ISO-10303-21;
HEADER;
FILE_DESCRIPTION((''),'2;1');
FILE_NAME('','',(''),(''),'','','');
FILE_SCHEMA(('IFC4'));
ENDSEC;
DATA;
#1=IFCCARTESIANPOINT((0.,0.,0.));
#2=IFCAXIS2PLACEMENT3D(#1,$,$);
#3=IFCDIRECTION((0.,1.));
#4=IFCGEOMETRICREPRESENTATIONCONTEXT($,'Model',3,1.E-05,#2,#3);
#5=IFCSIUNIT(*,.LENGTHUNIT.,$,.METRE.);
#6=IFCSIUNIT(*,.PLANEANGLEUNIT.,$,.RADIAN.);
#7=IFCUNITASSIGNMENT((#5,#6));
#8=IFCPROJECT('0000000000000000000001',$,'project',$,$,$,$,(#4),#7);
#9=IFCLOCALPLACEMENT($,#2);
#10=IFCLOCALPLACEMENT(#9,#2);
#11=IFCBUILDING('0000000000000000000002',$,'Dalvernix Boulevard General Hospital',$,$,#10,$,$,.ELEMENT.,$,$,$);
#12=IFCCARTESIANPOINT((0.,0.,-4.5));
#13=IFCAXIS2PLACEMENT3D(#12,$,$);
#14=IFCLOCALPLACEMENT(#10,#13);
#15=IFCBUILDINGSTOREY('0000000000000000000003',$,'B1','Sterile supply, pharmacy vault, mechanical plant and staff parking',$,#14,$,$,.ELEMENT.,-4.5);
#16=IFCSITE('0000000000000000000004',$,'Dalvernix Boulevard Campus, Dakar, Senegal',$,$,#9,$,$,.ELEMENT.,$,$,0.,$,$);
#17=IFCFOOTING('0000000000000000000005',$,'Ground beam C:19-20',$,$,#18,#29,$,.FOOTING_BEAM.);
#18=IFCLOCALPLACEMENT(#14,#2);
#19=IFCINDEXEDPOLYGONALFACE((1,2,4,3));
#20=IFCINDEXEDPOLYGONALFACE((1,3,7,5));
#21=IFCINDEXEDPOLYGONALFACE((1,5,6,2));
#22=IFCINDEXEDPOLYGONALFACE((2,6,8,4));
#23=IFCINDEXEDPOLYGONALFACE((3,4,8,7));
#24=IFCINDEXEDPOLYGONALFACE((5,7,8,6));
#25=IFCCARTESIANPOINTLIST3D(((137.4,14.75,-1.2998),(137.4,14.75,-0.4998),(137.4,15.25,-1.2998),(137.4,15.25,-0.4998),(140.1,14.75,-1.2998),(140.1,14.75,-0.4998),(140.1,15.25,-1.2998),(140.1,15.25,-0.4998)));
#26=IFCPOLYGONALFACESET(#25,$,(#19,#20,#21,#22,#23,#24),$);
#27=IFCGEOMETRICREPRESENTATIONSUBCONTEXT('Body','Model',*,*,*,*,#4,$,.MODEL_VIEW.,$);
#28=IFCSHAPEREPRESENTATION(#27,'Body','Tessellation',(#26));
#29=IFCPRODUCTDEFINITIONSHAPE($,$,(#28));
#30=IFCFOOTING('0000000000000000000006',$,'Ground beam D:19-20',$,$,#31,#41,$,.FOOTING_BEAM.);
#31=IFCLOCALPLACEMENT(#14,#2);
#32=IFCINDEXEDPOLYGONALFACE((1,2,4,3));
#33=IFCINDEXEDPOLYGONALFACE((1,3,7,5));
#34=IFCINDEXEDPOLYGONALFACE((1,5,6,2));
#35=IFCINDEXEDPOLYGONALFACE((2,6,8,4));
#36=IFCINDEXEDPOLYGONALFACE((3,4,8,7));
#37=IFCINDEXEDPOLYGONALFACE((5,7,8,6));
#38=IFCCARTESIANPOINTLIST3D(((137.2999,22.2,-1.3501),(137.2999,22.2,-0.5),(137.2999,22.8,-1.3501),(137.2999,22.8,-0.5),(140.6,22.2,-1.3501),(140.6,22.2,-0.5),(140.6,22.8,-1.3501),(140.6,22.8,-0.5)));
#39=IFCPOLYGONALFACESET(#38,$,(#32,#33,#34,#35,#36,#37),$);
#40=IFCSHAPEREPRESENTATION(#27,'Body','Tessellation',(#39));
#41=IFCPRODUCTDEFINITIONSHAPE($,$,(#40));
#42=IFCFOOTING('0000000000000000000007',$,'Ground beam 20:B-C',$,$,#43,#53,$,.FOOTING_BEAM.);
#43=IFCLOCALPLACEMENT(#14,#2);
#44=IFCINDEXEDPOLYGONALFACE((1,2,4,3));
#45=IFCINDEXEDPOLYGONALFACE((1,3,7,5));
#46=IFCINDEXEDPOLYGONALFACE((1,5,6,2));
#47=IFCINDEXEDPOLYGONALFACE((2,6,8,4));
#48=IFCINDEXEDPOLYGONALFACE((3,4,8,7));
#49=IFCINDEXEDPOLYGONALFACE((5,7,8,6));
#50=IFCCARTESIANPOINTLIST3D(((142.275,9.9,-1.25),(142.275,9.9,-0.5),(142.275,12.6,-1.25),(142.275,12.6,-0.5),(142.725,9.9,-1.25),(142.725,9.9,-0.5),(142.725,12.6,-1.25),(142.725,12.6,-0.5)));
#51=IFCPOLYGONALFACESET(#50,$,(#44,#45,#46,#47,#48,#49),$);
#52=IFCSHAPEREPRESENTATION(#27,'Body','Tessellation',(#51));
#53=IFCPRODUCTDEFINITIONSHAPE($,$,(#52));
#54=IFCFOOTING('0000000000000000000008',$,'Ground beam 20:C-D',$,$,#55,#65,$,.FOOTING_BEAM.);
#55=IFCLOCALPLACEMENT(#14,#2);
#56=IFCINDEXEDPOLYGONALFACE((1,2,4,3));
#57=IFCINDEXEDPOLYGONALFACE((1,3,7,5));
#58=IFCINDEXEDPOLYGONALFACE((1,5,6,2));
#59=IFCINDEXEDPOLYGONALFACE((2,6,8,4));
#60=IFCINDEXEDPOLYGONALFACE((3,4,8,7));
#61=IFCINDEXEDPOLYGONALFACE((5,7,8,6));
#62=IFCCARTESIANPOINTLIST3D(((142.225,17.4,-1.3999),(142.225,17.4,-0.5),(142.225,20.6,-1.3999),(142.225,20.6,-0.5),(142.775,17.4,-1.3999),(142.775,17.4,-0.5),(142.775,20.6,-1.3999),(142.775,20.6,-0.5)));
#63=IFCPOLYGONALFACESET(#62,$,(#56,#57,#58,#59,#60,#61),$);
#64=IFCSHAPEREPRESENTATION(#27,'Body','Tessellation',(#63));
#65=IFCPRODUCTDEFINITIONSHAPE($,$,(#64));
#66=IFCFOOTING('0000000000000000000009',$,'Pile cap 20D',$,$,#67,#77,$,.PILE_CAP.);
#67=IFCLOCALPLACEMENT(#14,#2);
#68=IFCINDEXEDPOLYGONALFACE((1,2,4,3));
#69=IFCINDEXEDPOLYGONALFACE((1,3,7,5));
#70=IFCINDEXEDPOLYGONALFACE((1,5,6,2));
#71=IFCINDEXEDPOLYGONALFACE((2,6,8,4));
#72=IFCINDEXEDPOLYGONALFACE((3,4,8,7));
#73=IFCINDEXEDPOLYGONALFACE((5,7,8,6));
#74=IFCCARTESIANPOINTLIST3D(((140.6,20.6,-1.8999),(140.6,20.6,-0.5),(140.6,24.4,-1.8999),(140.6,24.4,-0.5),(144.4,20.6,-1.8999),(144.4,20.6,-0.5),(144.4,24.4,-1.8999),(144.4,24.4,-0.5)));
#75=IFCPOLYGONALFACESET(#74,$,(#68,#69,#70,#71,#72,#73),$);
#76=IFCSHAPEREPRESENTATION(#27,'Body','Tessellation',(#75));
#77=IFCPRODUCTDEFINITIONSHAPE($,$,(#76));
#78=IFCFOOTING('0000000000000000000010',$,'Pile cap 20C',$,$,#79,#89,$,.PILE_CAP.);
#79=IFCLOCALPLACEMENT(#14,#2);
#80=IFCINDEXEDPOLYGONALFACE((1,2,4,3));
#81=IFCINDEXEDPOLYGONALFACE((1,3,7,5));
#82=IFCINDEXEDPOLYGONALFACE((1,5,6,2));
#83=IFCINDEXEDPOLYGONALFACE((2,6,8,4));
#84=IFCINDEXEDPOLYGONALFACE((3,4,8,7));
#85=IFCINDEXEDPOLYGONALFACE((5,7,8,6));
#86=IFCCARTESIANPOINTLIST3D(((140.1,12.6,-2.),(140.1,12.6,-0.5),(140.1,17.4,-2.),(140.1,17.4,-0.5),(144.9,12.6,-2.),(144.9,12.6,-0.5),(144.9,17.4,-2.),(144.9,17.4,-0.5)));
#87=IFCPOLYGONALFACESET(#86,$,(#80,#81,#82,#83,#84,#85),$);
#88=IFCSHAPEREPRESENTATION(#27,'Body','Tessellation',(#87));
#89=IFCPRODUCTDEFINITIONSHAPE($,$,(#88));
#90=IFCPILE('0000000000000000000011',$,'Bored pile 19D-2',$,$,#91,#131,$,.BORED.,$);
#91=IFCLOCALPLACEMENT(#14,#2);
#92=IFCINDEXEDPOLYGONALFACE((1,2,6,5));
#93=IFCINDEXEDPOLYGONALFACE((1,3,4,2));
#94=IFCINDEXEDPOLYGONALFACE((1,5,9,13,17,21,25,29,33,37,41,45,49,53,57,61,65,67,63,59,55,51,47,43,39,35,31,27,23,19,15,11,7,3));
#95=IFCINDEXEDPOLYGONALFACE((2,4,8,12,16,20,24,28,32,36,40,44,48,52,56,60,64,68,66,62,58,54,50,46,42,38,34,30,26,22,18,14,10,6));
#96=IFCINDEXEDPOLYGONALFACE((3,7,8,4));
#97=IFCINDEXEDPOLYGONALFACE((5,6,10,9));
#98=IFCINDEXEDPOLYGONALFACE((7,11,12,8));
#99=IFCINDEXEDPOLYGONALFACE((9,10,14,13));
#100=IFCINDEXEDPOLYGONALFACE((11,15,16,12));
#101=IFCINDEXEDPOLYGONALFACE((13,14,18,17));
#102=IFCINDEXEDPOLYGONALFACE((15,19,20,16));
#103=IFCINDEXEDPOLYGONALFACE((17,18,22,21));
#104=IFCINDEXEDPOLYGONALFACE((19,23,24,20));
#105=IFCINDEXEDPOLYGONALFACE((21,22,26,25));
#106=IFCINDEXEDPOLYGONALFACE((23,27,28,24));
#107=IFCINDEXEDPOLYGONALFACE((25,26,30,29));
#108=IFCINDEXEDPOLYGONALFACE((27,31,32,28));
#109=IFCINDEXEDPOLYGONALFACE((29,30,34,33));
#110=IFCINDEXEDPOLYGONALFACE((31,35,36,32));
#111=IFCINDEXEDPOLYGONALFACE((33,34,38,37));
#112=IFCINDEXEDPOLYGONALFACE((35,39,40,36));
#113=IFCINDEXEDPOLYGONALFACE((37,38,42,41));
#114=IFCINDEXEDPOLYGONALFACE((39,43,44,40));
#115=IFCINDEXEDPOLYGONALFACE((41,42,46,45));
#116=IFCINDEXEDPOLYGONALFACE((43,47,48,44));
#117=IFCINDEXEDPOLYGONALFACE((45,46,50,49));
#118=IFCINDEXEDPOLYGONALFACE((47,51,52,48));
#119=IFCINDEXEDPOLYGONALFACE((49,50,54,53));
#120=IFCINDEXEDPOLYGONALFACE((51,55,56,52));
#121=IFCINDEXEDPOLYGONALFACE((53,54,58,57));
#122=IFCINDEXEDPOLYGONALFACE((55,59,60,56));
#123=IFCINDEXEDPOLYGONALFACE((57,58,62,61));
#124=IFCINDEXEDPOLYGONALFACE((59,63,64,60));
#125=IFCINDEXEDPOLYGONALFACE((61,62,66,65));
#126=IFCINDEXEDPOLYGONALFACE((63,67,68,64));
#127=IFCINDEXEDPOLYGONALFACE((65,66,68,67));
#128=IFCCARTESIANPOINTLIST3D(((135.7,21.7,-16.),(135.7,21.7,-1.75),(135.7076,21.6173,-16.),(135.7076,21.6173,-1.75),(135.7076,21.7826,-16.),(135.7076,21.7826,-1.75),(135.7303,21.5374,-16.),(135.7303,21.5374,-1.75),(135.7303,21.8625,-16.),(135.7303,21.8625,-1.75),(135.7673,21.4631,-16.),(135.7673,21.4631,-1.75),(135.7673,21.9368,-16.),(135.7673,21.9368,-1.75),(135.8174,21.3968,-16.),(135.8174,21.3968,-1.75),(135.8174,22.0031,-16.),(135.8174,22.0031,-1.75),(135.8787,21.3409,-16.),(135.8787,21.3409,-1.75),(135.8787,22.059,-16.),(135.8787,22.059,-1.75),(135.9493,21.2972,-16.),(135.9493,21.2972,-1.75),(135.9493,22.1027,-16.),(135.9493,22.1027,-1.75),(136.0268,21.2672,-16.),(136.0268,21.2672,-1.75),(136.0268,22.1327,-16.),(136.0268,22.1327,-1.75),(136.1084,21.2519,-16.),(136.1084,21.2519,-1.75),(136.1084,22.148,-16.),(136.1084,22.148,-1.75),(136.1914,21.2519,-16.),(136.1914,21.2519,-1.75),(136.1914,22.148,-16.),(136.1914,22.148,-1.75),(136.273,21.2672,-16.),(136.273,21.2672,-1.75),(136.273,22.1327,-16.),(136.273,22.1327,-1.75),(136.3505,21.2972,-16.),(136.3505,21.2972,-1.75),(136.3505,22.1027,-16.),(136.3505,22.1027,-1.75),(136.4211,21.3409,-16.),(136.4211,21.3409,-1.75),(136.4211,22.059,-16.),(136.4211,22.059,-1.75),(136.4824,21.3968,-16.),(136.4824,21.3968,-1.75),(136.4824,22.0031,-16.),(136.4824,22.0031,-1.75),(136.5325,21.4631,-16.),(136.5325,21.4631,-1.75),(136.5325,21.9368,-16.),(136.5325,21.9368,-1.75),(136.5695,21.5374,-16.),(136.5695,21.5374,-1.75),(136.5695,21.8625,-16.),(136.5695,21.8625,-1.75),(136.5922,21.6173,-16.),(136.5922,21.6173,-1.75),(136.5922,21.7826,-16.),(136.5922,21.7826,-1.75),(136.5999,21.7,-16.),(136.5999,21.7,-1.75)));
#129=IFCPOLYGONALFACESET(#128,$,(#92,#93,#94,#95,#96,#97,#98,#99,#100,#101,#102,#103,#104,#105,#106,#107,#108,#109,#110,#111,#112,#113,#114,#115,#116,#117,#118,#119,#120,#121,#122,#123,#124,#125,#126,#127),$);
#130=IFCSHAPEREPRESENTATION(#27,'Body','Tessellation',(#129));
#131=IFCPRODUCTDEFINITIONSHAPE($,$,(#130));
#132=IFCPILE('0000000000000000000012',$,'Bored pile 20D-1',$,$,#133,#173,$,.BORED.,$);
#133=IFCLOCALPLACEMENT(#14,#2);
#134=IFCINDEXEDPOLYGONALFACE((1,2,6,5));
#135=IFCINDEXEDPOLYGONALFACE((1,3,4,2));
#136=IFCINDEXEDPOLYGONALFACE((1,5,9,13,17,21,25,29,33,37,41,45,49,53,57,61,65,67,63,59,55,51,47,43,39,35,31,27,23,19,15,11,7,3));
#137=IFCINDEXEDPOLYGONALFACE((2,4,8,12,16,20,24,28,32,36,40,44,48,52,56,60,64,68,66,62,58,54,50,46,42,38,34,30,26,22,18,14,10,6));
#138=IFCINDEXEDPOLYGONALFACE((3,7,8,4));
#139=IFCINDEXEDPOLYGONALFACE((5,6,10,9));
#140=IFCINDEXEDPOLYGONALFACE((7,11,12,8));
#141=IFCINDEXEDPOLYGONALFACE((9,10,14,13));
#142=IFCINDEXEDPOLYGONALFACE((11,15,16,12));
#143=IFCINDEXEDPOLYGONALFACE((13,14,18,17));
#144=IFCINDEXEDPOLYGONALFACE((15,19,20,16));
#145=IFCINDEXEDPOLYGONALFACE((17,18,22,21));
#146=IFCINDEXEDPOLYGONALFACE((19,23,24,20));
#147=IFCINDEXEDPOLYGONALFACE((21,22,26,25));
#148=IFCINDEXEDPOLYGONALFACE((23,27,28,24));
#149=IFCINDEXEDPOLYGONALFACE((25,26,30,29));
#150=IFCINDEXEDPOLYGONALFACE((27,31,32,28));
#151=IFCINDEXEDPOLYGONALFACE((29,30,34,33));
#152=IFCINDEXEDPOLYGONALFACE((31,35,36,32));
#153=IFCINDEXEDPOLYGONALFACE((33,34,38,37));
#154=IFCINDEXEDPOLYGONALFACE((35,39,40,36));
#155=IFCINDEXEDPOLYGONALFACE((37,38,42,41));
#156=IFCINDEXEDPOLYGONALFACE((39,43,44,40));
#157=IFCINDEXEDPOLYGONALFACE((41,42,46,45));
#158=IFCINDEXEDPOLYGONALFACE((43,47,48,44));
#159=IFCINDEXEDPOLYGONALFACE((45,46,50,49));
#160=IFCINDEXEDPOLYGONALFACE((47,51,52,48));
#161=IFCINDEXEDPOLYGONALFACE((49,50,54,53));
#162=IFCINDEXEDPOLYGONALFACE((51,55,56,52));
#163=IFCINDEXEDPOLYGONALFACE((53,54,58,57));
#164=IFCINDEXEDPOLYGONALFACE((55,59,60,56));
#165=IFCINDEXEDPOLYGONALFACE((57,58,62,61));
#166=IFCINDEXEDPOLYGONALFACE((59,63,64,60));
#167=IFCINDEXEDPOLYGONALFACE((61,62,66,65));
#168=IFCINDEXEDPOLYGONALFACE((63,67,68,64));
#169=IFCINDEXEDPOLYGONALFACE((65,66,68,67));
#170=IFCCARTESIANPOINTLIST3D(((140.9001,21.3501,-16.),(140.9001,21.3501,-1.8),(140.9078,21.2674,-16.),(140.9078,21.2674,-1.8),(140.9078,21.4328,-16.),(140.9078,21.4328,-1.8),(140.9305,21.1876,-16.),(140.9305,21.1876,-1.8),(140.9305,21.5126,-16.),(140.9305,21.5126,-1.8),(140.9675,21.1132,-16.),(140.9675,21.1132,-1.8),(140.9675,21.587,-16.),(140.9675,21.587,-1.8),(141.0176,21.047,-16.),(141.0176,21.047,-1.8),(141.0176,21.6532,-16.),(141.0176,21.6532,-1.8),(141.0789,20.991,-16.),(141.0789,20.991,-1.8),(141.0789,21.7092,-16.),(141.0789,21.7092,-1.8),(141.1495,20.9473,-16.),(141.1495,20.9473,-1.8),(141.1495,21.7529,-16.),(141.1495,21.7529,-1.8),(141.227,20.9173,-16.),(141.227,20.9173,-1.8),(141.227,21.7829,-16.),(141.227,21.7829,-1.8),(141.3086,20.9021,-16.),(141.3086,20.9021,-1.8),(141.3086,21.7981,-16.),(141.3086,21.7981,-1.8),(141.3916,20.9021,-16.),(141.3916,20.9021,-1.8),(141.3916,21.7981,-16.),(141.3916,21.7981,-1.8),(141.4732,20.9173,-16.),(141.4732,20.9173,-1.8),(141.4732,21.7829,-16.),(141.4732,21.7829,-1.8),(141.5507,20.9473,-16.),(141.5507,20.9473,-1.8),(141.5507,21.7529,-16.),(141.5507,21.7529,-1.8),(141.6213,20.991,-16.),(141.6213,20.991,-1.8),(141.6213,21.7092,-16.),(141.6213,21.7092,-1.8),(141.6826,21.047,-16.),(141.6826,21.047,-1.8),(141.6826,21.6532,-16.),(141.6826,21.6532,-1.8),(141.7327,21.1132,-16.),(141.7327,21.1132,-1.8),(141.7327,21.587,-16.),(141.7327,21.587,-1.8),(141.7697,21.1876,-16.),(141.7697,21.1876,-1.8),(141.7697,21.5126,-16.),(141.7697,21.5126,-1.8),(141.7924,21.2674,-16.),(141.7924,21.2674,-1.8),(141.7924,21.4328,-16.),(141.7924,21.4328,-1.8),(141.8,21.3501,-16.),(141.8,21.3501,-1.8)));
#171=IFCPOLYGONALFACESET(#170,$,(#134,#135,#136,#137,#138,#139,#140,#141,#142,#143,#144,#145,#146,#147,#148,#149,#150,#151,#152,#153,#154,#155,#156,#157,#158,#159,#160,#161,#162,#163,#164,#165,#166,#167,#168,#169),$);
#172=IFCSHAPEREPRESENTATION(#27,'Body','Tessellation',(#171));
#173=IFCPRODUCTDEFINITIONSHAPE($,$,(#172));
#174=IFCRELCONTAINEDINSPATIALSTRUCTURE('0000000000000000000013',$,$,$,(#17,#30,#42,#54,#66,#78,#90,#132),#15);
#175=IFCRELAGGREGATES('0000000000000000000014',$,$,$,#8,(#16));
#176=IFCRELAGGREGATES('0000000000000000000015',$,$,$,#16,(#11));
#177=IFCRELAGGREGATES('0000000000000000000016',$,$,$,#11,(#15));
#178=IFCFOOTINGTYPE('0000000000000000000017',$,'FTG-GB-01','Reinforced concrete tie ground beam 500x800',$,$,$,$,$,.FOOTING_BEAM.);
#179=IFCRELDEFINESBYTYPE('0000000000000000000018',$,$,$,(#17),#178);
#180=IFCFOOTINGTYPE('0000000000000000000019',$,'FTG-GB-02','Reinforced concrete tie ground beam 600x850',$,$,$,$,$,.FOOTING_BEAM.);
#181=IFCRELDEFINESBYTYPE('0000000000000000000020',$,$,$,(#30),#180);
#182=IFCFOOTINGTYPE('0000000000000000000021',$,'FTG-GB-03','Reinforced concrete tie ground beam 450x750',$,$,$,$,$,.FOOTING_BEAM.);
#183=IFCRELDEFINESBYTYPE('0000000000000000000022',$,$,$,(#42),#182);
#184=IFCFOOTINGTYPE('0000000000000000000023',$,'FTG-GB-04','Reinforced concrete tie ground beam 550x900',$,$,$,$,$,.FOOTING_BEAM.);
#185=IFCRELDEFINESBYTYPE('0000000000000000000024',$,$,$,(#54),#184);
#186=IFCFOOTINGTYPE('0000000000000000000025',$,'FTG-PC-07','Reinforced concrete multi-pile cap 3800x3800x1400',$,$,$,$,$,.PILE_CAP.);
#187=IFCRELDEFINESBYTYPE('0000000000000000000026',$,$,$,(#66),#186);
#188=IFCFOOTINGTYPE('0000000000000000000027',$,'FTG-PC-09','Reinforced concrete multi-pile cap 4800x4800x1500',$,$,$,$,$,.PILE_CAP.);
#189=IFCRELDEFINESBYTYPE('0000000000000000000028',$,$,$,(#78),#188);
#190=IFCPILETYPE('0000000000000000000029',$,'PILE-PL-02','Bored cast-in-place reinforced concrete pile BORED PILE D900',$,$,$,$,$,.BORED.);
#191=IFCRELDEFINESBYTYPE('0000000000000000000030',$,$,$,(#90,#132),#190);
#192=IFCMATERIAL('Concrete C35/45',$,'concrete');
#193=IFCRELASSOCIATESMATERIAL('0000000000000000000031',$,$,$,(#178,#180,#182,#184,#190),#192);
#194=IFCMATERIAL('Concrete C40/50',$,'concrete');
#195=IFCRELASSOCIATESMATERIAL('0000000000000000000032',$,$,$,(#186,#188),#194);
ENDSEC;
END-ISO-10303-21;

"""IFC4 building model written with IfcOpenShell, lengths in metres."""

from ifc_helpers import new_model, si_unit, direction, frame, origin, origin_2d, place, context, subcontext, project, spatial, rectangle, circle, extrude, material, material_profile, profile_set, type_object, element, save


model = new_model("IFC4")

# Units and contexts
model_context = context("Model", 3, precision=1e-05, world=origin(), true_north=direction((0.0, 1.0)))
body_context = subcontext(model_context, "Body", "Model", "MODEL_VIEW")
ifc_project = project(units=[si_unit("LENGTHUNIT", "METRE"), si_unit("PLANEANGLEUNIT", "RADIAN")], contexts=[model_context])

# Site, building, storey
site_placement = place(None, origin())
site = spatial("IfcSite", under=ifc_project, at=site_placement, Name="Dalvernix Boulevard Campus, Dakar, Senegal", CompositionType="ELEMENT", RefElevation=0.0)
building_placement = place(site_placement, origin())
building = spatial("IfcBuilding", under=site, at=building_placement, Name="Dalvernix Boulevard General Hospital", CompositionType="ELEMENT")
storey_placement = place(building_placement, frame((0.0, 0.0, -4.5)))
storey = spatial("IfcBuildingStorey", under=building, at=storey_placement, Name="B1", Description="Sterile supply, pharmacy vault, mechanical plant and staff parking", CompositionType="ELEMENT", Elevation=-4.5)

# Footings
ifc_material_1 = material(Name="Concrete C35/45", Category="concrete")
footing_type_1 = type_object("IfcFootingType", Name="FTG-GB-01", Description="Reinforced concrete tie ground beam 500x800", PredefinedType="FOOTING_BEAM", material=ifc_material_1)
footing_1_placement = place(storey_placement, frame((138.75, 15.0, -1.2998), z_axis=(0.0, 0.0, 1.0), x_axis=(1.0, 0.0, 0.0)))
element("IfcFooting", 1, at=footing_1_placement, inside=storey, type_object=footing_type_1, Name="Ground beam C:19-20", PredefinedType="FOOTING_BEAM", context=body_context, shape_type="SweptSolid", body=[
    extrude(rectangle(XDim=2.7, YDim=0.5, at=origin_2d()), origin(), (0.0, 0.0, 1.0), 0.8),
])
footing_type_2 = type_object("IfcFootingType", Name="FTG-GB-02", Description="Reinforced concrete tie ground beam 600x850", PredefinedType="FOOTING_BEAM", material=ifc_material_1)
footing_2_placement = place(storey_placement, frame((138.95, 22.5, -1.3501), z_axis=(0.0, 0.0, 1.0), x_axis=(1.0, 0.0, 0.0)))
element("IfcFooting", 2, at=footing_2_placement, inside=storey, type_object=footing_type_2, Name="Ground beam D:19-20", PredefinedType="FOOTING_BEAM", context=body_context, shape_type="SweptSolid", body=[
    extrude(rectangle(XDim=3.3, YDim=0.6001, at=origin_2d()), origin(), (0.0, 0.0, 1.0), 0.8501),
])
footing_type_3 = type_object("IfcFootingType", Name="FTG-GB-03", Description="Reinforced concrete tie ground beam 450x750", PredefinedType="FOOTING_BEAM", material=ifc_material_1)
footing_3_placement = place(storey_placement, frame((142.5, 11.25, -1.25), z_axis=(0.0, 0.0, 1.0), x_axis=(0.0, 1.0, 0.0)))
element("IfcFooting", 3, at=footing_3_placement, inside=storey, type_object=footing_type_3, Name="Ground beam 20:B-C", PredefinedType="FOOTING_BEAM", context=body_context, shape_type="SweptSolid", body=[
    extrude(rectangle(XDim=2.7, YDim=0.45, at=origin_2d()), origin(), (0.0, 0.0, 1.0), 0.75),
])
footing_type_4 = type_object("IfcFootingType", Name="FTG-GB-04", Description="Reinforced concrete tie ground beam 550x900", PredefinedType="FOOTING_BEAM", material=ifc_material_1)
footing_4_placement = place(storey_placement, frame((142.5, 19.0, -1.3999), z_axis=(0.0, 0.0, 1.0), x_axis=(0.0, 1.0, 0.0)))
element("IfcFooting", 4, at=footing_4_placement, inside=storey, type_object=footing_type_4, Name="Ground beam 20:C-D", PredefinedType="FOOTING_BEAM", context=body_context, shape_type="SweptSolid", body=[
    extrude(rectangle(XDim=3.2, YDim=0.55, at=origin_2d()), origin(), (0.0, 0.0, 1.0), 0.8999),
])
ifc_material_2 = material(Name="Concrete C40/50", Category="concrete")
footing_type_5 = type_object("IfcFootingType", Name="FTG-PC-07", Description="Reinforced concrete multi-pile cap 3800x3800x1400", PredefinedType="PILE_CAP", material=ifc_material_2)
footing_5_placement = place(storey_placement, frame((142.5, 22.5, -1.8999), z_axis=(0.0, 0.0, 1.0), x_axis=(1.0, 0.0, 0.0)))
element("IfcFooting", 5, at=footing_5_placement, inside=storey, type_object=footing_type_5, Name="Pile cap 20D", PredefinedType="PILE_CAP", context=body_context, shape_type="SweptSolid", body=[
    extrude(rectangle(XDim=3.8, YDim=3.8, at=origin_2d()), origin(), (0.0, 0.0, 1.0), 1.3999),
])
footing_type_6 = type_object("IfcFootingType", Name="FTG-PC-09", Description="Reinforced concrete multi-pile cap 4800x4800x1500", PredefinedType="PILE_CAP", material=ifc_material_2)
footing_6_placement = place(storey_placement, frame((142.5, 15.0, -2.0), z_axis=(0.0, 0.0, 1.0), x_axis=(1.0, 0.0, 0.0)))
element("IfcFooting", 6, at=footing_6_placement, inside=storey, type_object=footing_type_6, Name="Pile cap 20C", PredefinedType="PILE_CAP", context=body_context, shape_type="SweptSolid", body=[
    extrude(rectangle(XDim=4.8, YDim=4.8, at=origin_2d()), origin(), (0.0, 0.0, 1.0), 1.5),
])

# Piles
ifc_material_profile_1 = material_profile(ifc_material_1, circle(Radius=0.45, at=origin_2d()), Name="BORED PILE D900")
ifc_profile_set_1 = profile_set([ifc_material_profile_1], Name="Concrete C35/45")
pile_type_1 = type_object("IfcPileType", Name="PILE-PL-02", Description="Bored cast-in-place reinforced concrete pile BORED PILE D900", PredefinedType="BORED", material=ifc_profile_set_1)
pile_1_placement = place(storey_placement, frame((136.1499, 21.7, -1.75), z_axis=(0.0, 0.0, -1.0), x_axis=(1.0, 0.0, 0.0)))
element("IfcPile", 7, at=pile_1_placement, inside=storey, type_object=pile_type_1, Name="Bored pile 19D-2", PredefinedType="BORED", context=body_context, shape_type="SweptSolid", body=[
    extrude(circle(Radius=0.45, at=origin_2d()), origin(), (0.0, 0.0, 1.0), 14.25),
])
pile_2_placement = place(storey_placement, frame((141.3501, 21.3501, -1.8), z_axis=(0.0, 0.0, -1.0), x_axis=(1.0, 0.0, 0.0)))
element("IfcPile", 8, at=pile_2_placement, inside=storey, type_object=pile_type_1, Name="Bored pile 20D-1", PredefinedType="BORED", context=body_context, shape_type="SweptSolid", body=[
    extrude(circle(Radius=0.45, at=origin_2d()), origin(), (0.0, 0.0, 1.0), 14.2),
])

save(model, "model.ifc")
